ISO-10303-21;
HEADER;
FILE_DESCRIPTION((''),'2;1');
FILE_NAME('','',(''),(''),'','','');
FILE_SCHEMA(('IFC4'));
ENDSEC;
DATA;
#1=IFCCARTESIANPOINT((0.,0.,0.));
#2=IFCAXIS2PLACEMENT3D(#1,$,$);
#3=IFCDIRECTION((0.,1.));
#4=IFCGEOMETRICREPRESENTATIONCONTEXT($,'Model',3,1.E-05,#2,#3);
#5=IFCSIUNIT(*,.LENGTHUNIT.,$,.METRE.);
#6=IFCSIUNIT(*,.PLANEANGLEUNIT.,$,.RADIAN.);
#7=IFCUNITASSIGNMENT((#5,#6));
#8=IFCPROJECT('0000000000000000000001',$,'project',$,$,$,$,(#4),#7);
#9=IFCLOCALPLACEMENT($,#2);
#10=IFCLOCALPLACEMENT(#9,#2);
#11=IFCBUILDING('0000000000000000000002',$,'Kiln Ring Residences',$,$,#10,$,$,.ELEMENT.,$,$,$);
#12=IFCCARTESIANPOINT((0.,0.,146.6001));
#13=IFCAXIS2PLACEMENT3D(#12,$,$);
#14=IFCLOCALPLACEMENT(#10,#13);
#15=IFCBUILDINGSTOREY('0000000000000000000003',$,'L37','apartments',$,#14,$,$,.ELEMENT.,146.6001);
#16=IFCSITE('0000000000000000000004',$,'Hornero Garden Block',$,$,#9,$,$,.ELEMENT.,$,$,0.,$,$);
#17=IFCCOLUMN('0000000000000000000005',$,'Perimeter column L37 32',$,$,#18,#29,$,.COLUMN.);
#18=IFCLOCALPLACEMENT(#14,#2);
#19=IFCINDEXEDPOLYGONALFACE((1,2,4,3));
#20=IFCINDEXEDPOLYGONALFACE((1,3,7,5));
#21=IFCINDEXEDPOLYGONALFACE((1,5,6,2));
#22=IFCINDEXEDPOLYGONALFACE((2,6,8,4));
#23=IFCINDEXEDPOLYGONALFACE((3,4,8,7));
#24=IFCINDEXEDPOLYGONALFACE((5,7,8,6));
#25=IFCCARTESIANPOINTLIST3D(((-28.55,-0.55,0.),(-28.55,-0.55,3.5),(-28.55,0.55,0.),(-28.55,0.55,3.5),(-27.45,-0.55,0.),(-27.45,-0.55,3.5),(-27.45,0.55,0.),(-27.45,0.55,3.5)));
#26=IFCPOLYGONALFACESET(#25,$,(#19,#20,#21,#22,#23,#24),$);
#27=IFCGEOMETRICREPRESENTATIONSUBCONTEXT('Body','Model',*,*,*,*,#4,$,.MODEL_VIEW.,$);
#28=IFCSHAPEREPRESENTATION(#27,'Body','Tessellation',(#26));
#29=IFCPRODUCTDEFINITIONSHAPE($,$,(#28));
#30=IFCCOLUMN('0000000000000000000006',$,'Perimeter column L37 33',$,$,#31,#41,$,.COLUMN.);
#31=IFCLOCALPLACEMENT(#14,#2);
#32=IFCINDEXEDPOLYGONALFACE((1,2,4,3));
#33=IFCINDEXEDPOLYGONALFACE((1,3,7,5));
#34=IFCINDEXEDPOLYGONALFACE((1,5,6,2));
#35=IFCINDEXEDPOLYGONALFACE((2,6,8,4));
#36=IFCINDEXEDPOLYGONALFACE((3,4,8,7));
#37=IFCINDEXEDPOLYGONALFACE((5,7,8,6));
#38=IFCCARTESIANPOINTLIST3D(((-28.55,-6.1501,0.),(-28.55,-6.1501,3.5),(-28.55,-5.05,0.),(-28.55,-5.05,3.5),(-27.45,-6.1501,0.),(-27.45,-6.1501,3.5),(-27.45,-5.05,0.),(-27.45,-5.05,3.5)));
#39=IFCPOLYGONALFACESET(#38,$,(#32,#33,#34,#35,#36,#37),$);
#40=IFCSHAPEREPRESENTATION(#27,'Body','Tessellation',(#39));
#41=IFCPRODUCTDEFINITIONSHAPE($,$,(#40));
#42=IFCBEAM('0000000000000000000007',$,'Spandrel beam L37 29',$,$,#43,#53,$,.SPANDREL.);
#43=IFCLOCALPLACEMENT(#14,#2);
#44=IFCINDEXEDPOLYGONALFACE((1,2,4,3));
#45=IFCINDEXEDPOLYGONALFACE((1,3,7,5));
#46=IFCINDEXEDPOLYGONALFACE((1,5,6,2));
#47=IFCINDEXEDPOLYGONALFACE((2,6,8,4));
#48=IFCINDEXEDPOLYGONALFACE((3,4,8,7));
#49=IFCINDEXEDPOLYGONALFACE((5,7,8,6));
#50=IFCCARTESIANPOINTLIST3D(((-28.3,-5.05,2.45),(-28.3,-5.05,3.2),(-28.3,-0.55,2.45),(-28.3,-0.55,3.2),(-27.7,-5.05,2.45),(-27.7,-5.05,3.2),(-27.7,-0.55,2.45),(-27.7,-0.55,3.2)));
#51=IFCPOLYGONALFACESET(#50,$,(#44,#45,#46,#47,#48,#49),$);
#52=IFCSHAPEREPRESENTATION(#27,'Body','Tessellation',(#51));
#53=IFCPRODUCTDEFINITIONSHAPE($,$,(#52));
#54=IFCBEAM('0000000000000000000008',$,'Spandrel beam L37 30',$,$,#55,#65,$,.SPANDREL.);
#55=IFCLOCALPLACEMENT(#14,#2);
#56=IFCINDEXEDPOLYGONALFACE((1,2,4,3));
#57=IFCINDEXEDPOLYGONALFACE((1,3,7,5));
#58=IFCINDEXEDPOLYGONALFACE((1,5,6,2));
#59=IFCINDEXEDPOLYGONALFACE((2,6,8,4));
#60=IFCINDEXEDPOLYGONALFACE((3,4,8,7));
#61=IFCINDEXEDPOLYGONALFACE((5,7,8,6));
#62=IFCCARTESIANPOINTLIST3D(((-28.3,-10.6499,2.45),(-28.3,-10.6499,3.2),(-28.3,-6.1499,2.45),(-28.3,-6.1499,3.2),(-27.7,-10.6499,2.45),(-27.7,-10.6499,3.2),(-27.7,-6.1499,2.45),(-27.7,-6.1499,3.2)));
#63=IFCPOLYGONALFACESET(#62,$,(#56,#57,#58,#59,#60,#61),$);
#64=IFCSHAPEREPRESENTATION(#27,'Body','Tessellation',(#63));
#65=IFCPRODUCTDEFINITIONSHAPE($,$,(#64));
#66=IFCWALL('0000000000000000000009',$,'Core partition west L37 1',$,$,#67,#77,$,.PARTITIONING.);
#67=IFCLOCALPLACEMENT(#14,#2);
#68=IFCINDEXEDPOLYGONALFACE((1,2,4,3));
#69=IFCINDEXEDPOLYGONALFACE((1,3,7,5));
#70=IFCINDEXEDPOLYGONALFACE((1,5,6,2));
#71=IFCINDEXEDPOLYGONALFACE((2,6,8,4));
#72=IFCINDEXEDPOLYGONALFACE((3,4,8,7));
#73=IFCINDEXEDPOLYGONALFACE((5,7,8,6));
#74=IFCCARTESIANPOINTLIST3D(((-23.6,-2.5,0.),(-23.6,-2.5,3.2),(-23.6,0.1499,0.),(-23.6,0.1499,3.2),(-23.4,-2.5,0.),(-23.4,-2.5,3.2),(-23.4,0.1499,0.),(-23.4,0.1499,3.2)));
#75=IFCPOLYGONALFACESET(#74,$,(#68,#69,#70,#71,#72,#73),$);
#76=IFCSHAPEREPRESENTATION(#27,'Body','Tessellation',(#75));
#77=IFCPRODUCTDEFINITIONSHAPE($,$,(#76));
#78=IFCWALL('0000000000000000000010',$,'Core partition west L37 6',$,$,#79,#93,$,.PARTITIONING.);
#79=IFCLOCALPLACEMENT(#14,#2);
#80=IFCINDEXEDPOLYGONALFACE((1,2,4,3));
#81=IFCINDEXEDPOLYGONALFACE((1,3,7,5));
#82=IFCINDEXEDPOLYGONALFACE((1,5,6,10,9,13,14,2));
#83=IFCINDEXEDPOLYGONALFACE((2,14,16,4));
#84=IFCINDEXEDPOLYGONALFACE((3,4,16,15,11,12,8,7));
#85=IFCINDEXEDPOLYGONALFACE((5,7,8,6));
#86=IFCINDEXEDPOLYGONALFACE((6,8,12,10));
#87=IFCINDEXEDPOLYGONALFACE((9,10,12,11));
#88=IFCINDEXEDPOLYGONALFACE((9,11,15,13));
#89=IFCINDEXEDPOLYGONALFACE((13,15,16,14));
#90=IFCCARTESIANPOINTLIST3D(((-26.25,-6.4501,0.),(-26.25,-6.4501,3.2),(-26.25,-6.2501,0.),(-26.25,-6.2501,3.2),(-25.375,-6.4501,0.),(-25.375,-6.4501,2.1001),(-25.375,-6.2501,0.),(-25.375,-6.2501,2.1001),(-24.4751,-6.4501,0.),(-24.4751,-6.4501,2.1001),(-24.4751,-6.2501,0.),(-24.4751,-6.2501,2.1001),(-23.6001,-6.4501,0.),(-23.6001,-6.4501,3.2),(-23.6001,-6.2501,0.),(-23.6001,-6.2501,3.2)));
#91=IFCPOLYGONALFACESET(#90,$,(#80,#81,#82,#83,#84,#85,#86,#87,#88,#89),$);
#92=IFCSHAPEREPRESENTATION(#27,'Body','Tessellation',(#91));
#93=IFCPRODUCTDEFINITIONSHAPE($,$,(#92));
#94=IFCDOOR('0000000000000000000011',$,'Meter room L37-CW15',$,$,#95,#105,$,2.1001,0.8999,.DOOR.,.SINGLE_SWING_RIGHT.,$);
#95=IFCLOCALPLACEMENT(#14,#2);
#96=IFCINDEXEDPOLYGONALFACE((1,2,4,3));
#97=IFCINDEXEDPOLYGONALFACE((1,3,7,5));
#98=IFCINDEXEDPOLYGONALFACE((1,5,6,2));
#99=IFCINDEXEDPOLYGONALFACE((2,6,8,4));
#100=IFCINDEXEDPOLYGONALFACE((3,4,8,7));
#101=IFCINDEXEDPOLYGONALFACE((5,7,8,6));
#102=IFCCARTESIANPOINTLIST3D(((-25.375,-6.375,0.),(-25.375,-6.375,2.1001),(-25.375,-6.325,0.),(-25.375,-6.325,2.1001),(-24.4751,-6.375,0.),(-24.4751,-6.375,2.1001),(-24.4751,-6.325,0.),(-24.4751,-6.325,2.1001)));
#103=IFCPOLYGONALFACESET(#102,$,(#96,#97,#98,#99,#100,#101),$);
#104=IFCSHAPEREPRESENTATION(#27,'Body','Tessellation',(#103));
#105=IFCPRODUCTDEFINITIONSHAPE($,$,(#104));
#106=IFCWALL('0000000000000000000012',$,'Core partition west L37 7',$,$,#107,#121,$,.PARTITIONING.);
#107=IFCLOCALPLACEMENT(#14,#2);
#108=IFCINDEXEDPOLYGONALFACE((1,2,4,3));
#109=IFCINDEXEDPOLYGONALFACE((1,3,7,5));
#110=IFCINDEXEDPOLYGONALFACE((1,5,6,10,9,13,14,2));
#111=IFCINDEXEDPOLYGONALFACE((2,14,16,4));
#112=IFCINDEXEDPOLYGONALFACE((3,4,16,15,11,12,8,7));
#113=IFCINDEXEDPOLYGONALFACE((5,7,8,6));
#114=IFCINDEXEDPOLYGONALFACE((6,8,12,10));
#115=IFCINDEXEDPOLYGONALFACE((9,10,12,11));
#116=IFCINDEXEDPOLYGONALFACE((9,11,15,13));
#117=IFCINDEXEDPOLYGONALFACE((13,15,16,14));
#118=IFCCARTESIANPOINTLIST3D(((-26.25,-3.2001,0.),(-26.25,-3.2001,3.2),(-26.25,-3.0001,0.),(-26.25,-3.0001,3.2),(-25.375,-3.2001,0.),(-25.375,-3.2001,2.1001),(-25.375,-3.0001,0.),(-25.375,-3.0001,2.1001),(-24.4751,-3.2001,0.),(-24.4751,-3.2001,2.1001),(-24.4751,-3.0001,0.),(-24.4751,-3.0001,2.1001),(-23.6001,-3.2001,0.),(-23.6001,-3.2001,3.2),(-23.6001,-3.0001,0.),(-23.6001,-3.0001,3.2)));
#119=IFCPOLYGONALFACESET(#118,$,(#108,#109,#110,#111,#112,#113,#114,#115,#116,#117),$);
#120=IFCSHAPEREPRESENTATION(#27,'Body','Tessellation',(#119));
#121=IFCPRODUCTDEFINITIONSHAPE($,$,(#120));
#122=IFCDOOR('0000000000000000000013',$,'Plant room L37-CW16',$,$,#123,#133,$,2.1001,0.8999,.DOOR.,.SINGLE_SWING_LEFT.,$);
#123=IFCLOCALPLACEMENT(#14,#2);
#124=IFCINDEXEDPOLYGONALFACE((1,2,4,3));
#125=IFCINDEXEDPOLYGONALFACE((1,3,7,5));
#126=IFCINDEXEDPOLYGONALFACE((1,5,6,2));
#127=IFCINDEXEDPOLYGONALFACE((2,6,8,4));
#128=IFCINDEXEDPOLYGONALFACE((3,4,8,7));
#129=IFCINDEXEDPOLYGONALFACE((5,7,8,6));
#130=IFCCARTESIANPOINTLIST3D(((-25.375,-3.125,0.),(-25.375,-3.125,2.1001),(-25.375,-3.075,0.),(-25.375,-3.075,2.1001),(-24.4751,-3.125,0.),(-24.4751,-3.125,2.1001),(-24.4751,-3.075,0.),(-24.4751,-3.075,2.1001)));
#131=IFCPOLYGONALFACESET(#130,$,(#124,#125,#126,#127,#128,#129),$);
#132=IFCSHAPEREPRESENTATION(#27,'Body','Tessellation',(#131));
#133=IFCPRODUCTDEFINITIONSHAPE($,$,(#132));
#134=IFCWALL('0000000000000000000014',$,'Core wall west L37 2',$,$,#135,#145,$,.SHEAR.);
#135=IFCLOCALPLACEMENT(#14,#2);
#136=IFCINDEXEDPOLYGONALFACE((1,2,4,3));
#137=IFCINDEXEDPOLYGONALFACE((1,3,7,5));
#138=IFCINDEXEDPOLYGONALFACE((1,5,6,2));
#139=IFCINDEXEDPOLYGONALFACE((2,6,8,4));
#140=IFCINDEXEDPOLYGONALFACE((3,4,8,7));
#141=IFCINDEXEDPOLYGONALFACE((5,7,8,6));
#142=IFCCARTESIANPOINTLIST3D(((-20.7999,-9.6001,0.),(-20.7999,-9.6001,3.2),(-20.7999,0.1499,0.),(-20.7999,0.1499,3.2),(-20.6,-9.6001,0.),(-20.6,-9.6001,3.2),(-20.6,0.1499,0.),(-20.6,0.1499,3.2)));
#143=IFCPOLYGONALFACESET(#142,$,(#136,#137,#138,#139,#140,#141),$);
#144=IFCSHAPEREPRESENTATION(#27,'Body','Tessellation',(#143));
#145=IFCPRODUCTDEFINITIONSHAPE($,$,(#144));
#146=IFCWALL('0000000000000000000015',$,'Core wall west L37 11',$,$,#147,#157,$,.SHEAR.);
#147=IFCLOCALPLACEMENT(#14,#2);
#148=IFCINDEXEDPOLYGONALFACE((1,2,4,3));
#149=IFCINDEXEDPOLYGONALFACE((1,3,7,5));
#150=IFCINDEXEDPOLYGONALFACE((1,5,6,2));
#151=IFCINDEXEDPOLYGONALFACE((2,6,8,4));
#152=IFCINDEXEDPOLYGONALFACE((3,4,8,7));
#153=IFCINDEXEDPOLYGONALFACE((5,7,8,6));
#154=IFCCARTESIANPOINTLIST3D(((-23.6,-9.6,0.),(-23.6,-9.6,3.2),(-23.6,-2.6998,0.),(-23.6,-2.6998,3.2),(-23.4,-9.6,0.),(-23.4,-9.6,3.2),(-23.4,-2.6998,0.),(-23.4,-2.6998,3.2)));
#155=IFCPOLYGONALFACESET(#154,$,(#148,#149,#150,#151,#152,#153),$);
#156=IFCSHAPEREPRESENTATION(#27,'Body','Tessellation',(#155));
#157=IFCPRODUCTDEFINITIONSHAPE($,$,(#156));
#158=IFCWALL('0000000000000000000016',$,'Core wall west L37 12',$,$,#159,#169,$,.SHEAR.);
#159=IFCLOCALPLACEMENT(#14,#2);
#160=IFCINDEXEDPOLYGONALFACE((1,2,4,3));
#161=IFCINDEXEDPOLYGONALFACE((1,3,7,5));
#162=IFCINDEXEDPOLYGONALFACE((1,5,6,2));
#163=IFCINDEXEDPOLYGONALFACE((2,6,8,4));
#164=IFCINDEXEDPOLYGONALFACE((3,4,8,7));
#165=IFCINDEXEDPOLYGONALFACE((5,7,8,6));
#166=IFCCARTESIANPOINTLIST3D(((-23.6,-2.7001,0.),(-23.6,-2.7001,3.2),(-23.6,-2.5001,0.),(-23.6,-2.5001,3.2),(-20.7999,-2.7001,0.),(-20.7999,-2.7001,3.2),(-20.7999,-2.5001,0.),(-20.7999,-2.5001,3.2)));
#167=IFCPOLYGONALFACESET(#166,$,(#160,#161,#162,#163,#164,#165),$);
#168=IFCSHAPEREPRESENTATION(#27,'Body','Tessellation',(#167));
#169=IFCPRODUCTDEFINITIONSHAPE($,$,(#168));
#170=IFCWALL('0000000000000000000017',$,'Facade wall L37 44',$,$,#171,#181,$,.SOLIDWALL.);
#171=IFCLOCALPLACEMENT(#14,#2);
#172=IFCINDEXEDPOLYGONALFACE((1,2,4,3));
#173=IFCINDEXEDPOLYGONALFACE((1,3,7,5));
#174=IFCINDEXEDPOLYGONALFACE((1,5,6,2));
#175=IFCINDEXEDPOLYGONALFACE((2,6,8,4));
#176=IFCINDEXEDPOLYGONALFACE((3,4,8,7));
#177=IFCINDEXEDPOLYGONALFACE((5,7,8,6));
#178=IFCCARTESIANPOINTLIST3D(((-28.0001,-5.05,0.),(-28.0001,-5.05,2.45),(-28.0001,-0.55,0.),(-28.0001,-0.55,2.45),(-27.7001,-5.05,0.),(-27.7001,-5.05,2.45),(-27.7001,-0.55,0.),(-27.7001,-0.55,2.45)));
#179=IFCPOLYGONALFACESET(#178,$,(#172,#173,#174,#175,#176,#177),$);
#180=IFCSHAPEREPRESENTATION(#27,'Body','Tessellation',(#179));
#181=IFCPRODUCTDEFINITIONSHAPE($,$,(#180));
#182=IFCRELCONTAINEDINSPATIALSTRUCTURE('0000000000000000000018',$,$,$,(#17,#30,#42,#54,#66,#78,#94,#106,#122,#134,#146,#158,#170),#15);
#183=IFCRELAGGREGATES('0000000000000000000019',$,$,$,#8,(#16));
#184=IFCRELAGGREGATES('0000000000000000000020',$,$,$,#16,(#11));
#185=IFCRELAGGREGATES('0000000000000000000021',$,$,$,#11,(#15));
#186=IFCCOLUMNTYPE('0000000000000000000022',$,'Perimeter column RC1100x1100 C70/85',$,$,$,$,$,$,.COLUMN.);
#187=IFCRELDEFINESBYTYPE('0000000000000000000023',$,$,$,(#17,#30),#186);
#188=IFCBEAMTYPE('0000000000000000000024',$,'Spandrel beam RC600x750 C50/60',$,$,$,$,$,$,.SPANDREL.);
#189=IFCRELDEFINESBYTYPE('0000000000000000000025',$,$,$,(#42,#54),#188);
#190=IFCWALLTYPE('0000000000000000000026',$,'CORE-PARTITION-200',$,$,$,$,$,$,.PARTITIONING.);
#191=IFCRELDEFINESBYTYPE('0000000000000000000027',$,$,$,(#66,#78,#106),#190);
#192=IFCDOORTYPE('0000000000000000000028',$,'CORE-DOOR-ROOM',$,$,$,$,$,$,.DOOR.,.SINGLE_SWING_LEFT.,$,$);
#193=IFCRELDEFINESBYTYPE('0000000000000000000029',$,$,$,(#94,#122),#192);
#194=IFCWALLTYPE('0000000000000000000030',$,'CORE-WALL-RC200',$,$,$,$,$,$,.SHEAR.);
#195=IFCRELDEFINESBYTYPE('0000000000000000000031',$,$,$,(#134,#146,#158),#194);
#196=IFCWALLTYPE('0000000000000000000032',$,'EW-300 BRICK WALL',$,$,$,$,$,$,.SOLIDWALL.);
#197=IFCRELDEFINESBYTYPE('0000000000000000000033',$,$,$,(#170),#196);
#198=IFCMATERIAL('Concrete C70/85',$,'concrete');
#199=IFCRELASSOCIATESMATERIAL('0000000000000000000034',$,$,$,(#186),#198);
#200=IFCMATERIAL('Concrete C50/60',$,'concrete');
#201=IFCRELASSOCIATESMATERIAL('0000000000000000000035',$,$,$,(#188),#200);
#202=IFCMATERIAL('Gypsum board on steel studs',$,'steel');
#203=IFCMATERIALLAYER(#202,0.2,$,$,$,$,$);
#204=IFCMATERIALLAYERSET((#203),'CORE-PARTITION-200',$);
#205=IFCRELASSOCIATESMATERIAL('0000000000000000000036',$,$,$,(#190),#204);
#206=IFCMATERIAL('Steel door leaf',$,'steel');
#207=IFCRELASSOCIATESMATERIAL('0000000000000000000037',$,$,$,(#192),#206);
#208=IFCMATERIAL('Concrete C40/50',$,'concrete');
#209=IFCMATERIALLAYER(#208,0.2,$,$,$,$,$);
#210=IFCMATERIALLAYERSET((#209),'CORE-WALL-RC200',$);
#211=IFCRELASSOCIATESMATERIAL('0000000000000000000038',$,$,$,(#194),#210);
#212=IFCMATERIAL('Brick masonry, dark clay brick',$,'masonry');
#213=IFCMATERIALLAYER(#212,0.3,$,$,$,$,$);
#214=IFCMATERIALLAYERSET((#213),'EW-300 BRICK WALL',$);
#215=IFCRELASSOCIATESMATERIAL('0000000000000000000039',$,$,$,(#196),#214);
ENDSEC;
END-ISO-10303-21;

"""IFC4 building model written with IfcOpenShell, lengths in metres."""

from ifc_helpers import new_model, si_unit, direction, frame, frame_2d, origin, origin_2d, place, context, subcontext, project, spatial, rectangle, extrude, material, layer, layer_set, material_profile, profile_set, type_object, element, fill, save


model = new_model("IFC4")

# Units and contexts
model_context = context("Model", 3, precision=1e-05, world=origin(), true_north=direction((0.0, 1.0)))
body_context = subcontext(model_context, "Body", "Model", "MODEL_VIEW")
ifc_project = project(units=[si_unit("LENGTHUNIT", "METRE"), si_unit("PLANEANGLEUNIT", "RADIAN")], contexts=[model_context])

# Site, building, storey
site_placement = place(None, origin())
site = spatial("IfcSite", under=ifc_project, at=site_placement, Name="Hornero Garden Block", CompositionType="ELEMENT", RefElevation=0.0)
building_placement = place(site_placement, origin())
building = spatial("IfcBuilding", under=site, at=building_placement, Name="Kiln Ring Residences", CompositionType="ELEMENT")
storey_placement = place(building_placement, frame((0.0, 0.0, 146.6001)))
storey = spatial("IfcBuildingStorey", under=building, at=storey_placement, Name="L37", Description="apartments", CompositionType="ELEMENT", Elevation=146.6001)

# Columns
ifc_material_1 = material(Name="Concrete C70/85", Category="concrete")
ifc_material_profile_1 = material_profile(ifc_material_1, rectangle(XDim=1.1001, YDim=1.1001, at=origin_2d()), Name="RC1100x1100")
ifc_profile_set_1 = profile_set([ifc_material_profile_1], Name="Concrete C70/85")
column_type = type_object("IfcColumnType", Name="Perimeter column RC1100x1100 C70/85", PredefinedType="COLUMN", material=ifc_profile_set_1)
for number, where, z_axis, x_axis, name in (
    (1, (-28.0, 0.0, 0.0), (0.0, 0.0, 1.0), (1.0, 0.0, 0.0), "Perimeter column L37 32"),
    (2, (-28.0, -5.6001, 0.0), (0.0, 0.0, 1.0), (1.0, 0.0, 0.0), "Perimeter column L37 33"),
):
    element("IfcColumn", number, at=place(storey_placement, frame(where, z_axis=z_axis, x_axis=x_axis)), inside=storey, type_object=column_type, Name=name, PredefinedType="COLUMN", context=body_context, shape_type="SweptSolid", body=[
        extrude(rectangle(XDim=1.1001, YDim=1.1001, at=origin_2d()), origin(), (0.0, 0.0, 1.0), 3.5),
    ])

# Beams
ifc_material_2 = material(Name="Concrete C50/60", Category="concrete")
ifc_material_profile_2 = material_profile(ifc_material_2, rectangle(XDim=0.6001, YDim=0.75, at=origin_2d()), Name="RC600x750")
ifc_profile_set_2 = profile_set([ifc_material_profile_2], Name="Concrete C50/60")
beam_type = type_object("IfcBeamType", Name="Spandrel beam RC600x750 C50/60", PredefinedType="SPANDREL", material=ifc_profile_set_2)
for number, where, z_axis, x_axis, name in (
    (3, (-28.0, -0.55, 2.825), (0.0, -1.0, 0.0), (1.0, 0.0, 0.0), "Spandrel beam L37 29"),
    (4, (-28.0, -6.1499, 2.825), (0.0, -1.0, 0.0), (1.0, 0.0, 0.0), "Spandrel beam L37 30"),
):
    element("IfcBeam", number, at=place(storey_placement, frame(where, z_axis=z_axis, x_axis=x_axis)), inside=storey, type_object=beam_type, Name=name, PredefinedType="SPANDREL", context=body_context, shape_type="SweptSolid", body=[
        extrude(rectangle(XDim=0.6001, YDim=0.75, at=origin_2d()), origin(), (0.0, 0.0, 1.0), 4.5),
    ])

# Wall
ifc_material_3 = material(Name="Gypsum board on steel studs", Category="steel")
ifc_layer_1 = layer(ifc_material_3, 0.2)
ifc_layer_set_1 = layer_set([ifc_layer_1], Name="CORE-PARTITION-200")
wall_type_1 = type_object("IfcWallType", Name="CORE-PARTITION-200", PredefinedType="PARTITIONING", material=ifc_layer_set_1)
wall_1_placement = place(storey_placement, frame((-23.5, -2.5, 0.0), z_axis=(0.0, 0.0, 1.0), x_axis=(0.0, 1.0, 0.0)))
element("IfcWall", 5, at=wall_1_placement, inside=storey, type_object=wall_type_1, Name="Core partition west L37 1", PredefinedType="PARTITIONING", context=body_context, shape_type="SweptSolid", body=[
    extrude(rectangle(XDim=2.6499, YDim=0.2, at=frame_2d((1.325, 0.0))), origin(), (0.0, 0.0, 1.0), 3.2),
])

# Walls, openings, doors
wall_2_placement = place(storey_placement, frame((-23.6001, -6.3501, 0.0), z_axis=(0.0, 0.0, 1.0), x_axis=(-1.0, 0.0, 0.0)))
wall_2 = element("IfcWall", 6, at=wall_2_placement, inside=storey, type_object=wall_type_1, Name="Core partition west L37 6", PredefinedType="PARTITIONING", context=body_context, shape_type="SweptSolid", body=[
    extrude(rectangle(XDim=2.6499, YDim=0.2, at=frame_2d((1.325, 0.0))), origin(), (0.0, 0.0, 1.0), 3.2),
])
opening_1_placement = place(wall_2_placement, frame((0.875, 0.0, 0.0)))
opening_1 = element("IfcOpeningElement", 7, at=opening_1_placement, cuts=wall_2, PredefinedType="OPENING", context=body_context, shape_type="SweptSolid", body=[
    extrude(rectangle(XDim=0.8999, YDim=2.1001, at=frame_2d((0.45, 1.05))), frame((0.0, 0.1099, 0.0), z_axis=(0.0, -1.0, 0.0), x_axis=(1.0, 0.0, 0.0)), (0.0, 0.0, 1.0), 0.22),
])
ifc_material_4 = material(Name="Steel door leaf", Category="steel")
door_type = type_object("IfcDoorType", Name="CORE-DOOR-ROOM", OperationType="SINGLE_SWING_LEFT", PredefinedType="DOOR", material=ifc_material_4)
door_1_placement = place(opening_1_placement, origin())
door_1 = element("IfcDoor", 8, at=door_1_placement, inside=storey, type_object=door_type, Name="Meter room L37-CW15", OperationType="SINGLE_SWING_RIGHT", OverallHeight=2.1001, OverallWidth=0.8999, PredefinedType="DOOR", context=body_context, shape_type="SweptSolid", body=[
    extrude(rectangle(XDim=0.8999, YDim=2.1001, at=frame_2d((0.45, 1.05))), frame((0.0, 0.0249, 0.0), z_axis=(0.0, -1.0, 0.0), x_axis=(1.0, 0.0, 0.0)), (0.0, 0.0, 1.0), 0.05),
])
fill(opening_1, door_1)
wall_3_placement = place(storey_placement, frame((-23.6001, -3.1001, 0.0), z_axis=(0.0, 0.0, 1.0), x_axis=(-1.0, 0.0, 0.0)))
wall_3 = element("IfcWall", 9, at=wall_3_placement, inside=storey, type_object=wall_type_1, Name="Core partition west L37 7", PredefinedType="PARTITIONING", context=body_context, shape_type="SweptSolid", body=[
    extrude(rectangle(XDim=2.6499, YDim=0.2, at=frame_2d((1.325, 0.0))), origin(), (0.0, 0.0, 1.0), 3.2),
])
opening_2_placement = place(wall_3_placement, frame((0.875, 0.0, 0.0)))
opening_2 = element("IfcOpeningElement", 10, at=opening_2_placement, cuts=wall_3, PredefinedType="OPENING", context=body_context, shape_type="SweptSolid", body=[
    extrude(rectangle(XDim=0.8999, YDim=2.1001, at=frame_2d((0.45, 1.05))), frame((0.0, 0.1099, 0.0), z_axis=(0.0, -1.0, 0.0), x_axis=(1.0, 0.0, 0.0)), (0.0, 0.0, 1.0), 0.22),
])
door_2_placement = place(opening_2_placement, origin())
door_2 = element("IfcDoor", 11, at=door_2_placement, inside=storey, type_object=door_type, Name="Plant room L37-CW16", OperationType="SINGLE_SWING_LEFT", OverallHeight=2.1001, OverallWidth=0.8999, PredefinedType="DOOR", context=body_context, shape_type="SweptSolid", body=[
    extrude(rectangle(XDim=0.8999, YDim=2.1001, at=frame_2d((0.45, 1.05))), frame((0.0, 0.0249, 0.0), z_axis=(0.0, -1.0, 0.0), x_axis=(1.0, 0.0, 0.0)), (0.0, 0.0, 1.0), 0.05),
])
fill(opening_2, door_2)

# Walls
ifc_material_5 = material(Name="Concrete C40/50", Category="concrete")
ifc_layer_2 = layer(ifc_material_5, 0.2)
ifc_layer_set_2 = layer_set([ifc_layer_2], Name="CORE-WALL-RC200")
wall_type_2 = type_object("IfcWallType", Name="CORE-WALL-RC200", PredefinedType="SHEAR", material=ifc_layer_set_2)
wall_4_placement = place(storey_placement, frame((-20.7, -9.6001, 0.0), z_axis=(0.0, 0.0, 1.0), x_axis=(0.0, 1.0, 0.0)))
element("IfcWall", 12, at=wall_4_placement, inside=storey, type_object=wall_type_2, Name="Core wall west L37 2", PredefinedType="SHEAR", context=body_context, shape_type="SweptSolid", body=[
    extrude(rectangle(XDim=9.75, YDim=0.2, at=frame_2d((4.875, 0.0))), origin(), (0.0, 0.0, 1.0), 3.2),
])
wall_5_placement = place(storey_placement, frame((-23.5, -9.6001, 0.0), z_axis=(0.0, 0.0, 1.0), x_axis=(0.0, 1.0, 0.0)))
element("IfcWall", 13, at=wall_5_placement, inside=storey, type_object=wall_type_2, Name="Core wall west L37 11", PredefinedType="SHEAR", context=body_context, shape_type="SweptSolid", body=[
    extrude(rectangle(XDim=6.9001, YDim=0.2, at=frame_2d((3.4502, 0.0))), origin(), (0.0, 0.0, 1.0), 3.2),
])
wall_6_placement = place(storey_placement, frame((-20.8, -2.6001, 0.0), z_axis=(0.0, 0.0, 1.0), x_axis=(-1.0, 0.0, 0.0)))
element("IfcWall", 14, at=wall_6_placement, inside=storey, type_object=wall_type_2, Name="Core wall west L37 12", PredefinedType="SHEAR", context=body_context, shape_type="SweptSolid", body=[
    extrude(rectangle(XDim=2.8, YDim=0.2, at=frame_2d((1.3999, 0.0))), origin(), (0.0, 0.0, 1.0), 3.2),
])
ifc_material_6 = material(Name="Brick masonry, dark clay brick", Category="masonry")
ifc_layer_3 = layer(ifc_material_6, 0.3)
ifc_layer_set_3 = layer_set([ifc_layer_3], Name="EW-300 BRICK WALL")
wall_type_3 = type_object("IfcWallType", Name="EW-300 BRICK WALL", PredefinedType="SOLIDWALL", material=ifc_layer_set_3)
for number, where, z_axis, x_axis, name in (
    (15, (-27.8501, -0.55, 0.0), (0.0, 0.0, 1.0), (0.0, -1.0, 0.0), "Facade wall L37 44"),
):
    element("IfcWall", number, at=place(storey_placement, frame(where, z_axis=z_axis, x_axis=x_axis)), inside=storey, type_object=wall_type_3, Name=name, PredefinedType="SOLIDWALL", context=body_context, shape_type="SweptSolid", body=[
        extrude(rectangle(XDim=4.5, YDim=0.3, at=frame_2d((2.25, 0.0))), origin(), (0.0, 0.0, 1.0), 2.45),
    ])

save(model, "model.ifc")
